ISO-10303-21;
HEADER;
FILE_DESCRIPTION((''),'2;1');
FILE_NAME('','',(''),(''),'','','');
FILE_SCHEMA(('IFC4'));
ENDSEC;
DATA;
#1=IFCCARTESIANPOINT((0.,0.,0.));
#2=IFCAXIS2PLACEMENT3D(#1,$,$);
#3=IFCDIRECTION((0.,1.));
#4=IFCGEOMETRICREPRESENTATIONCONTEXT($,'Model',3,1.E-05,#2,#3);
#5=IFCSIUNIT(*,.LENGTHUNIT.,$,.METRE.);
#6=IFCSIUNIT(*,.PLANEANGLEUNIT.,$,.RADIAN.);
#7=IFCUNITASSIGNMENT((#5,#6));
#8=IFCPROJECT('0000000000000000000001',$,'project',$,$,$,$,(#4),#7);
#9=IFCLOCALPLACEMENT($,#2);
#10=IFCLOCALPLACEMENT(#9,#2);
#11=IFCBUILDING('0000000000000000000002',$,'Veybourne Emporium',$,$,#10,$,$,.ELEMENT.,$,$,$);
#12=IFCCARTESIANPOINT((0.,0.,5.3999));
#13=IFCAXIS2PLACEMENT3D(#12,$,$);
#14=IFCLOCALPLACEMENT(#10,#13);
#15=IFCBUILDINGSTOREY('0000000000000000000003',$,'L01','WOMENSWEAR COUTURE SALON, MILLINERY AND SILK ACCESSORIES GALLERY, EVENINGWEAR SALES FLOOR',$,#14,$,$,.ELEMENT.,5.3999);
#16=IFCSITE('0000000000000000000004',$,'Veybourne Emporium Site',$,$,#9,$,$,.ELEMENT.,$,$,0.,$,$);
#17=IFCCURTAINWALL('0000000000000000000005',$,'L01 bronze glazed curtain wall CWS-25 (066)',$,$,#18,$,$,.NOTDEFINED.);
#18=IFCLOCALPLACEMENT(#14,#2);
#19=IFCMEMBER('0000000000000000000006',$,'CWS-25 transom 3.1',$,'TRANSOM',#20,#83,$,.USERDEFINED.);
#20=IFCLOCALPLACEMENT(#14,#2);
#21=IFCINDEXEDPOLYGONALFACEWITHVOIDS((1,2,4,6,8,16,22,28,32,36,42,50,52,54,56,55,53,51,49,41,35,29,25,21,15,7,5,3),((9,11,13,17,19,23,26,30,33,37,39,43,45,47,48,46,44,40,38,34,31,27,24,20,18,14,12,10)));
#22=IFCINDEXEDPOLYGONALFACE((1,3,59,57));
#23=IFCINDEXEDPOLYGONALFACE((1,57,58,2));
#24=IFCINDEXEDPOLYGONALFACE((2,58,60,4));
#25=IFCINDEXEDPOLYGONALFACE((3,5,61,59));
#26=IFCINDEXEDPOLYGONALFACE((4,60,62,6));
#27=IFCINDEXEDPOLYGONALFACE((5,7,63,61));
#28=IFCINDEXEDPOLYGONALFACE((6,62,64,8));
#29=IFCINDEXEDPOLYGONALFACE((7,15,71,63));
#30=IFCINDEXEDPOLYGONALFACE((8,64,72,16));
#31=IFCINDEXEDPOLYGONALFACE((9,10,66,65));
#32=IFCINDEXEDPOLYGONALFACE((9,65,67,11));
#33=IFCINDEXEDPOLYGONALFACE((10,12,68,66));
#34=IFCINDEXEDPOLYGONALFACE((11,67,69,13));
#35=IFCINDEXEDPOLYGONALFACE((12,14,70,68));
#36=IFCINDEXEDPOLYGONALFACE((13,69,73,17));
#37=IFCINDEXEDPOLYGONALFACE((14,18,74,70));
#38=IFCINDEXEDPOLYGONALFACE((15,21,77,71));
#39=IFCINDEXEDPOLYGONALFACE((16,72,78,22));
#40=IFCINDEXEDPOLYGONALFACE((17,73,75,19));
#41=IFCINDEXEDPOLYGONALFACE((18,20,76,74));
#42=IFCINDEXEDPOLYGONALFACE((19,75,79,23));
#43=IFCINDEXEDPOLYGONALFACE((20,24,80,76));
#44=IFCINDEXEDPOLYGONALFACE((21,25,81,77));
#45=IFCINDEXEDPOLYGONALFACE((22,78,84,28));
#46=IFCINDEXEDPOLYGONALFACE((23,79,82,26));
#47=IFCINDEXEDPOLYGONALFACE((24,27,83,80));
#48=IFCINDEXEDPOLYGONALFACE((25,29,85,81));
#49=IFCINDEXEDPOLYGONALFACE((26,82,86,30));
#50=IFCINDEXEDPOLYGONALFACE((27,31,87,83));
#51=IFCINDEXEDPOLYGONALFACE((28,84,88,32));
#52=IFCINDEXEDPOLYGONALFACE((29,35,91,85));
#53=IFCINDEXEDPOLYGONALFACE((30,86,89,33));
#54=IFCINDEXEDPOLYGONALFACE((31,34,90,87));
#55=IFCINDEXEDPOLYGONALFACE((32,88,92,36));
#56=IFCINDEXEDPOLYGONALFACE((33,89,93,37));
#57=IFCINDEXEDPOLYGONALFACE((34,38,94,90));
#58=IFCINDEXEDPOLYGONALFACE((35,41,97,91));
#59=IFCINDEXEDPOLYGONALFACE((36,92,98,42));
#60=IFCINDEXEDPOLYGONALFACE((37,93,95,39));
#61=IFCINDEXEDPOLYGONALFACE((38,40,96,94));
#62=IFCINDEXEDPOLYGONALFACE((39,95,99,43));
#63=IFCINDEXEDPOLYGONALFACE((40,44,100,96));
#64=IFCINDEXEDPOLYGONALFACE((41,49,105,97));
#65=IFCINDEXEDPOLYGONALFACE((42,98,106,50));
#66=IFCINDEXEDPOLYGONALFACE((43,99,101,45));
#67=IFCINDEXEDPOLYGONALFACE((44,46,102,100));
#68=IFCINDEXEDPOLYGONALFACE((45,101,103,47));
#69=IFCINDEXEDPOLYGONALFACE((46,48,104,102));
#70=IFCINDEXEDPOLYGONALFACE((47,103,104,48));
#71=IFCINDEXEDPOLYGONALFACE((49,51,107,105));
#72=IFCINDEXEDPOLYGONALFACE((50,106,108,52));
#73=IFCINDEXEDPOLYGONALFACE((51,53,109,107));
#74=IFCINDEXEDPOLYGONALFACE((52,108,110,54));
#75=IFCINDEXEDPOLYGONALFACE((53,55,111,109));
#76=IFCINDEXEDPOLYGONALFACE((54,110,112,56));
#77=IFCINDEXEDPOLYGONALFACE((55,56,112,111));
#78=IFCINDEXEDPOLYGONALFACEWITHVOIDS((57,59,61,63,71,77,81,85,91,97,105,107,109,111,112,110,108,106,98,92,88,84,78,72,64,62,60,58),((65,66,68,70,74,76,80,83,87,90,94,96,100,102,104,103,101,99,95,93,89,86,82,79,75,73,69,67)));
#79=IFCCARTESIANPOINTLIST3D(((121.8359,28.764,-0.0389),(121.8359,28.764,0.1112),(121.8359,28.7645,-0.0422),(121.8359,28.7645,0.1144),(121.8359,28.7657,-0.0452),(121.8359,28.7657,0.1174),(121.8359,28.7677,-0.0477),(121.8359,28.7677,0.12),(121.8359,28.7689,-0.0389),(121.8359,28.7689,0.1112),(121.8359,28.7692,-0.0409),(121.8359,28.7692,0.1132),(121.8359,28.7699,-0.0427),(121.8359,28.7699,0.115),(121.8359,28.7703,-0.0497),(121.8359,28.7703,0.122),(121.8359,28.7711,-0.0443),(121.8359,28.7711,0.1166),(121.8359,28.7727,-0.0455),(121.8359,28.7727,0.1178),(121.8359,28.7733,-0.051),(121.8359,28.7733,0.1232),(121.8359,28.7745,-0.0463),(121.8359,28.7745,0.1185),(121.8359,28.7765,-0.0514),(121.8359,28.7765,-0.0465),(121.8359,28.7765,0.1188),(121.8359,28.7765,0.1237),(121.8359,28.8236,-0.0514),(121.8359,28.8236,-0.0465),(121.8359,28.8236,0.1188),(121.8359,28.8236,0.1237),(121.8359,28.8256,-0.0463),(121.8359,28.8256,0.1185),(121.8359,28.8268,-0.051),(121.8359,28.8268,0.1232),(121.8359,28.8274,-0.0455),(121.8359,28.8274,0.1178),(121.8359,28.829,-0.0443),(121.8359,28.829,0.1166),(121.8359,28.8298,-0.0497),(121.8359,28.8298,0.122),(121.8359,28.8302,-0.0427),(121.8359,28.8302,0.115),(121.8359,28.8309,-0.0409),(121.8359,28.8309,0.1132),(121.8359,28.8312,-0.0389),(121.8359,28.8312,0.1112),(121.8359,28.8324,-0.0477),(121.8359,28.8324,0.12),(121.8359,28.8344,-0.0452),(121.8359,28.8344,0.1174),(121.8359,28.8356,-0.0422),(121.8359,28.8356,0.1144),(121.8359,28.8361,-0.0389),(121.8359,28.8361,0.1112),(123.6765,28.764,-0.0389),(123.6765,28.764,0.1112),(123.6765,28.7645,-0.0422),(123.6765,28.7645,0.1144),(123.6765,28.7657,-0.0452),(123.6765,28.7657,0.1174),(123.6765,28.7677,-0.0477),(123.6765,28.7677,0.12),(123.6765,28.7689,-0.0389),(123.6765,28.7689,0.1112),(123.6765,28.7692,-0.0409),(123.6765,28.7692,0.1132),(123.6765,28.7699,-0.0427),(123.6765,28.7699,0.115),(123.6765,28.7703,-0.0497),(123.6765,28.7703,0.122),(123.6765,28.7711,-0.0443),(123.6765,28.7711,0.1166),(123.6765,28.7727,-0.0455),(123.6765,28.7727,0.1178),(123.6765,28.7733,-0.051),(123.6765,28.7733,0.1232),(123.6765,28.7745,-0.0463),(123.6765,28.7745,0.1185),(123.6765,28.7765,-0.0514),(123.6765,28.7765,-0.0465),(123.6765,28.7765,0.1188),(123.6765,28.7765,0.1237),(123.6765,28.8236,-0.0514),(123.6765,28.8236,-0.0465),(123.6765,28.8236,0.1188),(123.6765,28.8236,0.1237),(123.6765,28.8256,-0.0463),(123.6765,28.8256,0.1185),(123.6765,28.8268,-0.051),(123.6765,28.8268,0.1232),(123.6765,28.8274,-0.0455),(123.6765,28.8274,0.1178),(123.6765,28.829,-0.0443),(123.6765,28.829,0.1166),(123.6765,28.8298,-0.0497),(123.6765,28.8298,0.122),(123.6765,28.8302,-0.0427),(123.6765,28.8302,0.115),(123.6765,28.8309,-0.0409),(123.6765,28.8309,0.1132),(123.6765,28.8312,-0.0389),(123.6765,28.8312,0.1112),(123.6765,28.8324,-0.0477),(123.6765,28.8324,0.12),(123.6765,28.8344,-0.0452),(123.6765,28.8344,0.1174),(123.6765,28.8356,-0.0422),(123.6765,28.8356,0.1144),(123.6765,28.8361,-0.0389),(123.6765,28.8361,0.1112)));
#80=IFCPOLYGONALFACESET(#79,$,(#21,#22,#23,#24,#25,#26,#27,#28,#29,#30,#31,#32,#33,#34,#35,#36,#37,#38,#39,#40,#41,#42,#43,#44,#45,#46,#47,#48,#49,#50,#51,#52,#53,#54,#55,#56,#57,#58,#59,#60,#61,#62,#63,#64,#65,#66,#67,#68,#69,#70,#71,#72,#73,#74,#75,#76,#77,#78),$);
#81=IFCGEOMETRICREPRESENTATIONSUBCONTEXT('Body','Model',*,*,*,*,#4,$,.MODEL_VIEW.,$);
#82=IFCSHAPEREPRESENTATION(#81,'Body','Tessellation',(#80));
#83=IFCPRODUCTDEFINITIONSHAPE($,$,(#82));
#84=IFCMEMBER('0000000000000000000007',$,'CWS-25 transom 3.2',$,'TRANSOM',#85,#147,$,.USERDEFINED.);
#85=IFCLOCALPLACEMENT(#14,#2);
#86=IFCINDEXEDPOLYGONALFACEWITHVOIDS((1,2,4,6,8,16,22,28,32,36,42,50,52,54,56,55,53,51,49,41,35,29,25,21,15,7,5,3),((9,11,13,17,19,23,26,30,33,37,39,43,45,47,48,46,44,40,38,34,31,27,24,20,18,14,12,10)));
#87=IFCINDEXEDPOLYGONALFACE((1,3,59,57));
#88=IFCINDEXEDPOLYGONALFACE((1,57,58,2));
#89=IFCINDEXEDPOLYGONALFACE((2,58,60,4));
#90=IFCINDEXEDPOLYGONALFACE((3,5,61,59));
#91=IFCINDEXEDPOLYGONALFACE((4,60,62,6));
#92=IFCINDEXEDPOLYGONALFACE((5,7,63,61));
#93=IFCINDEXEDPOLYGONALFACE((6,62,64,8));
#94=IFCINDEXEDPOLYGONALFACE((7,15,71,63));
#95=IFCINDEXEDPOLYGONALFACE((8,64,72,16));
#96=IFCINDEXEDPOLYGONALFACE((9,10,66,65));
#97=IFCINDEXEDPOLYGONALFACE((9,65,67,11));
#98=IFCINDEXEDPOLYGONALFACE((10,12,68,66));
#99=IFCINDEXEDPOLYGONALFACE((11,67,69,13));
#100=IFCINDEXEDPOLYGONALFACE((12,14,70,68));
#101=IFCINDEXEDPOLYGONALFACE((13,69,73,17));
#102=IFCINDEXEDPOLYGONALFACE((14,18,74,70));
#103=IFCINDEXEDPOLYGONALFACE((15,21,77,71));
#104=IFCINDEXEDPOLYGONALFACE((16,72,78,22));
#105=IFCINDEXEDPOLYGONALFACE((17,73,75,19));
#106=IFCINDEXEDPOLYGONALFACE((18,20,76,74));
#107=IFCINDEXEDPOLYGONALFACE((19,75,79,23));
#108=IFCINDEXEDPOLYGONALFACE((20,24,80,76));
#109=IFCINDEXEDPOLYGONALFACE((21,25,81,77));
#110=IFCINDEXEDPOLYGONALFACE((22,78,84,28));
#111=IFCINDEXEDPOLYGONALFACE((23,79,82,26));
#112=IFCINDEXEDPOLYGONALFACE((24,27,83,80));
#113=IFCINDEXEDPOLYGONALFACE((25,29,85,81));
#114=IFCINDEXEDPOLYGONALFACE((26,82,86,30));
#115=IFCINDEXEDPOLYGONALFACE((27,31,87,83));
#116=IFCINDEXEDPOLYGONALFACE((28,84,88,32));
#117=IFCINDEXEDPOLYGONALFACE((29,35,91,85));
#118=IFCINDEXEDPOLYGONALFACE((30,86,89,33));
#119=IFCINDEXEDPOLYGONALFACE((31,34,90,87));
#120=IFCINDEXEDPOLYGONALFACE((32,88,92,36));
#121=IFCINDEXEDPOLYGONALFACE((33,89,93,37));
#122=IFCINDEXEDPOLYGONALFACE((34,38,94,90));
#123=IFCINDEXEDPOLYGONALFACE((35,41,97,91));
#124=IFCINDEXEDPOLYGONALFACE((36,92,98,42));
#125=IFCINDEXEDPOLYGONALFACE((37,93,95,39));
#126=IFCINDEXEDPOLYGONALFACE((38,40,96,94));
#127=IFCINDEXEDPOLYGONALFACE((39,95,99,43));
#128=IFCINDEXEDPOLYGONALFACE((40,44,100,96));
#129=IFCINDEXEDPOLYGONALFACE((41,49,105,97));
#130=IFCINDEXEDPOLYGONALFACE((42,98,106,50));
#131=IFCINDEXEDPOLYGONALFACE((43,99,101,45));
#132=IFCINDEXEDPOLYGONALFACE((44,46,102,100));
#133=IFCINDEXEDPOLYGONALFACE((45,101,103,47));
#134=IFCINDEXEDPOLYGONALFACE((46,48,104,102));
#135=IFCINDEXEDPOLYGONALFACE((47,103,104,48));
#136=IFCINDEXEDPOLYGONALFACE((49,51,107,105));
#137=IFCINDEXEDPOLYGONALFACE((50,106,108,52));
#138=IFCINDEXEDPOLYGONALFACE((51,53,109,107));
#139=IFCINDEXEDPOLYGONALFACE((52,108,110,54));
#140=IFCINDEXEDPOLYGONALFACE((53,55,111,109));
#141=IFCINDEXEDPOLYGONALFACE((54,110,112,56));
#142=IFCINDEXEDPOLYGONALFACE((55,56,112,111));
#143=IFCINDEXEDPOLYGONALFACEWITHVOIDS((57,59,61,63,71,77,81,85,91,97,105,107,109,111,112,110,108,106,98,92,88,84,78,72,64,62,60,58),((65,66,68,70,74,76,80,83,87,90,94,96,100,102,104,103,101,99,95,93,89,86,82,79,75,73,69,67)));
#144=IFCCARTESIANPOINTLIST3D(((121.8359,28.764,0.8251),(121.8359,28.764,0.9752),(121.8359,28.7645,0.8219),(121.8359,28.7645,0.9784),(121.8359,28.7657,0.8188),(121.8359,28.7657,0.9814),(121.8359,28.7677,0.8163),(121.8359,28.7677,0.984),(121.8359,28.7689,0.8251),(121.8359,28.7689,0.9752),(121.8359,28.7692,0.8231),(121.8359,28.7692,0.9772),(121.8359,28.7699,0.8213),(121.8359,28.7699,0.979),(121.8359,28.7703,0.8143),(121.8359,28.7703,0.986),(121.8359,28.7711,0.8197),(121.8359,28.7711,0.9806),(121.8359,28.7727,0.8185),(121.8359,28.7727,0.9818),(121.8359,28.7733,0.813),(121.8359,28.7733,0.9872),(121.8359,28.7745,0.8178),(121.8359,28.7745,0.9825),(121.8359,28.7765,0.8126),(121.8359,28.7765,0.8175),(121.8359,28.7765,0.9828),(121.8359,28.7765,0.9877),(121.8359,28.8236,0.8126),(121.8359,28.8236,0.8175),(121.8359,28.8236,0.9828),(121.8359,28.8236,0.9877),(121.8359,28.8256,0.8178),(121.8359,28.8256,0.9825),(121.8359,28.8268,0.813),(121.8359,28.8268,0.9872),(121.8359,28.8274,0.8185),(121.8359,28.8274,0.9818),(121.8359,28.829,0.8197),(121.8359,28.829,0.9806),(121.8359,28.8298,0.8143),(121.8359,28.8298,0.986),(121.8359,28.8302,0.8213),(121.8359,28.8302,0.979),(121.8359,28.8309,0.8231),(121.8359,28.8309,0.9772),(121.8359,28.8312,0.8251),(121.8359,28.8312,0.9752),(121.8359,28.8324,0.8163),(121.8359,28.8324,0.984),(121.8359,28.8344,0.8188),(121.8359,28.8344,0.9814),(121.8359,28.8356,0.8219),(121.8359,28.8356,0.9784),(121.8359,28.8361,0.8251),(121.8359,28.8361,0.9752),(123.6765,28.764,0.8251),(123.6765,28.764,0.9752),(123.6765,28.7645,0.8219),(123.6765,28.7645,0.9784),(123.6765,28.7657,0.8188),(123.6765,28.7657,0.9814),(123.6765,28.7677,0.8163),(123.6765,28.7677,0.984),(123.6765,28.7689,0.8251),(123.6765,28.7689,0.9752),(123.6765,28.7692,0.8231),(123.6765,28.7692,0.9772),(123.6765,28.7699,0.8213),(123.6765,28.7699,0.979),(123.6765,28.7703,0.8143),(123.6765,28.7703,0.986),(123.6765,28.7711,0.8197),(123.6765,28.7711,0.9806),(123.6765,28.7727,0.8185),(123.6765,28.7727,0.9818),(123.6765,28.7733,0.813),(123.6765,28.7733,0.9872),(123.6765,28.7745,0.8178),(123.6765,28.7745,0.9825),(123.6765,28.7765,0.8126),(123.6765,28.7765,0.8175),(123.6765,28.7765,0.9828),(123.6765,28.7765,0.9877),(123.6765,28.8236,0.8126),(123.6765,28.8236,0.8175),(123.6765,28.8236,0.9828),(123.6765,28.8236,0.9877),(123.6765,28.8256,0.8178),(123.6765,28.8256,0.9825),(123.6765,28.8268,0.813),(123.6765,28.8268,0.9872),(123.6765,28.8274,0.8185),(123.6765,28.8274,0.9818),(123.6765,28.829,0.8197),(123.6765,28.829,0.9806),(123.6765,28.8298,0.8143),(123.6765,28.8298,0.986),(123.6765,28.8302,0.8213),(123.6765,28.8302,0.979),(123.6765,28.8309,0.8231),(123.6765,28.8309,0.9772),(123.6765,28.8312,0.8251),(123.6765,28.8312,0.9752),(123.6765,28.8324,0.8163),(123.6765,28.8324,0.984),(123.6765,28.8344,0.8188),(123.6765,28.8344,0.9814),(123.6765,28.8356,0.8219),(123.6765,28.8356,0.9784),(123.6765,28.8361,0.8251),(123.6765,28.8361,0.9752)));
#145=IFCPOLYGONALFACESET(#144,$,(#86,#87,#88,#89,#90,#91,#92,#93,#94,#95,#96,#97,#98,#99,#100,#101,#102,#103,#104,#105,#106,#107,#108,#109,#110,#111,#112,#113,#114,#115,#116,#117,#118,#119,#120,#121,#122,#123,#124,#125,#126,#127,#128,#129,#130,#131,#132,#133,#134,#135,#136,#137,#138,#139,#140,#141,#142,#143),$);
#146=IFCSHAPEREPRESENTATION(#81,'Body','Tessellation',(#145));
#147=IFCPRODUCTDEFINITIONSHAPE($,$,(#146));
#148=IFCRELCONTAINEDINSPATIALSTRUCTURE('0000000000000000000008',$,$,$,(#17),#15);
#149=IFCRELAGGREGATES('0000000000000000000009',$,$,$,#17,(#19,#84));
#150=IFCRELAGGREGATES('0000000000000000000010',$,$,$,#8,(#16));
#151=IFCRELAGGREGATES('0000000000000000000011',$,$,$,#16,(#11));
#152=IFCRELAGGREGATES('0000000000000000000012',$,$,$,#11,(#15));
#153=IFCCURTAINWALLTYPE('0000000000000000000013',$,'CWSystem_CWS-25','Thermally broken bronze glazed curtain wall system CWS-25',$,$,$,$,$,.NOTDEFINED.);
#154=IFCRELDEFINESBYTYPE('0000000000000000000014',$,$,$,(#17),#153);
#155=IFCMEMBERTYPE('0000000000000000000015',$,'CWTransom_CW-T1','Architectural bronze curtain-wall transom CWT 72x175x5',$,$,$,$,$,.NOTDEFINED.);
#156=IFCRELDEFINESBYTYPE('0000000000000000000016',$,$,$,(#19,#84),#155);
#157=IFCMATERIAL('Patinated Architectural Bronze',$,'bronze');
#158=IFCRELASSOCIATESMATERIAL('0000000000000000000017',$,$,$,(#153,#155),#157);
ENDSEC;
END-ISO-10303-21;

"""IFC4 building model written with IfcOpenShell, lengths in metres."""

from ifc_helpers import new_model, si_unit, direction, frame, origin, origin_2d, place, context, subcontext, project, spatial, hollow_rectangle, extrude, material, material_profile, profile_set, type_object, element, aggregate, save


model = new_model("IFC4")

# Units and contexts
model_context = context("Model", 3, precision=1e-05, world=origin(), true_north=direction((0.0, 1.0)))
body_context = subcontext(model_context, "Body", "Model", "MODEL_VIEW")
ifc_project = project(units=[si_unit("LENGTHUNIT", "METRE"), si_unit("PLANEANGLEUNIT", "RADIAN")], contexts=[model_context])

# Site, building, storey
site_placement = place(None, origin())
site = spatial("IfcSite", under=ifc_project, at=site_placement, Name="Veybourne Emporium Site", CompositionType="ELEMENT", RefElevation=0.0)
building_placement = place(site_placement, origin())
building = spatial("IfcBuilding", under=site, at=building_placement, Name="Veybourne Emporium", CompositionType="ELEMENT")
storey_placement = place(building_placement, frame((0.0, 0.0, 5.3999)))
storey = spatial("IfcBuildingStorey", under=building, at=storey_placement, Name="L01", Description="WOMENSWEAR COUTURE SALON, MILLINERY AND SILK ACCESSORIES GALLERY, EVENINGWEAR SALES FLOOR", CompositionType="ELEMENT", Elevation=5.3999)

# Curtain wall, members
ifc_material_1 = material(Name="Patinated Architectural Bronze", Category="bronze")
curtain_wall_type = type_object("IfcCurtainWallType", Name="CWSystem_CWS-25", Description="Thermally broken bronze glazed curtain wall system CWS-25", PredefinedType="NOTDEFINED", material=ifc_material_1)
curtain_wall_placement = place(storey_placement, origin())
curtain_wall = element("IfcCurtainWall", 1, at=curtain_wall_placement, inside=storey, type_object=curtain_wall_type, Name="L01 bronze glazed curtain wall CWS-25 (066)", PredefinedType="NOTDEFINED")
ifc_material_profile_1 = material_profile(ifc_material_1, hollow_rectangle(XDim=0.072, YDim=0.175, WallThickness=0.0049, InnerFilletRadius=0.0076, OuterFilletRadius=0.0125, at=origin_2d()), Name="CWT 72x175x5")
ifc_profile_set_1 = profile_set([ifc_material_profile_1], Name="Patinated Architectural Bronze")
member_type_1 = type_object("IfcMemberType", Name="CWTransom_CW-T1", Description="Architectural bronze curtain-wall transom CWT 72x175x5", PredefinedType="NOTDEFINED", material=ifc_profile_set_1)
member_1_placement = place(storey_placement, frame((121.8359, 28.8, 0.0361), z_axis=(1.0, 0.0, 0.0), x_axis=(0.0, 1.0, 0.0)))
member_1 = element("IfcMember", 2, at=member_1_placement, type_object=member_type_1, Name="CWS-25 transom 3.1", ObjectType="TRANSOM", PredefinedType="USERDEFINED", context=body_context, shape_type="SweptSolid", body=[
    extrude(hollow_rectangle(XDim=0.072, YDim=0.175, WallThickness=0.0049, InnerFilletRadius=0.0076, OuterFilletRadius=0.0125, at=origin_2d()), origin(), (0.0, 0.0, 1.0), 1.8406),
])
member_2_placement = place(storey_placement, frame((121.8359, 28.8, 0.9001), z_axis=(1.0, 0.0, 0.0), x_axis=(0.0, 1.0, 0.0)))
member_2 = element("IfcMember", 3, at=member_2_placement, type_object=member_type_1, Name="CWS-25 transom 3.2", ObjectType="TRANSOM", PredefinedType="USERDEFINED", context=body_context, shape_type="SweptSolid", body=[
    extrude(hollow_rectangle(XDim=0.072, YDim=0.175, WallThickness=0.0049, InnerFilletRadius=0.0076, OuterFilletRadius=0.0125, at=origin_2d()), origin(), (0.0, 0.0, 1.0), 1.8406),
])
aggregate(curtain_wall, [member_1, member_2])

save(model, "model.ifc")
